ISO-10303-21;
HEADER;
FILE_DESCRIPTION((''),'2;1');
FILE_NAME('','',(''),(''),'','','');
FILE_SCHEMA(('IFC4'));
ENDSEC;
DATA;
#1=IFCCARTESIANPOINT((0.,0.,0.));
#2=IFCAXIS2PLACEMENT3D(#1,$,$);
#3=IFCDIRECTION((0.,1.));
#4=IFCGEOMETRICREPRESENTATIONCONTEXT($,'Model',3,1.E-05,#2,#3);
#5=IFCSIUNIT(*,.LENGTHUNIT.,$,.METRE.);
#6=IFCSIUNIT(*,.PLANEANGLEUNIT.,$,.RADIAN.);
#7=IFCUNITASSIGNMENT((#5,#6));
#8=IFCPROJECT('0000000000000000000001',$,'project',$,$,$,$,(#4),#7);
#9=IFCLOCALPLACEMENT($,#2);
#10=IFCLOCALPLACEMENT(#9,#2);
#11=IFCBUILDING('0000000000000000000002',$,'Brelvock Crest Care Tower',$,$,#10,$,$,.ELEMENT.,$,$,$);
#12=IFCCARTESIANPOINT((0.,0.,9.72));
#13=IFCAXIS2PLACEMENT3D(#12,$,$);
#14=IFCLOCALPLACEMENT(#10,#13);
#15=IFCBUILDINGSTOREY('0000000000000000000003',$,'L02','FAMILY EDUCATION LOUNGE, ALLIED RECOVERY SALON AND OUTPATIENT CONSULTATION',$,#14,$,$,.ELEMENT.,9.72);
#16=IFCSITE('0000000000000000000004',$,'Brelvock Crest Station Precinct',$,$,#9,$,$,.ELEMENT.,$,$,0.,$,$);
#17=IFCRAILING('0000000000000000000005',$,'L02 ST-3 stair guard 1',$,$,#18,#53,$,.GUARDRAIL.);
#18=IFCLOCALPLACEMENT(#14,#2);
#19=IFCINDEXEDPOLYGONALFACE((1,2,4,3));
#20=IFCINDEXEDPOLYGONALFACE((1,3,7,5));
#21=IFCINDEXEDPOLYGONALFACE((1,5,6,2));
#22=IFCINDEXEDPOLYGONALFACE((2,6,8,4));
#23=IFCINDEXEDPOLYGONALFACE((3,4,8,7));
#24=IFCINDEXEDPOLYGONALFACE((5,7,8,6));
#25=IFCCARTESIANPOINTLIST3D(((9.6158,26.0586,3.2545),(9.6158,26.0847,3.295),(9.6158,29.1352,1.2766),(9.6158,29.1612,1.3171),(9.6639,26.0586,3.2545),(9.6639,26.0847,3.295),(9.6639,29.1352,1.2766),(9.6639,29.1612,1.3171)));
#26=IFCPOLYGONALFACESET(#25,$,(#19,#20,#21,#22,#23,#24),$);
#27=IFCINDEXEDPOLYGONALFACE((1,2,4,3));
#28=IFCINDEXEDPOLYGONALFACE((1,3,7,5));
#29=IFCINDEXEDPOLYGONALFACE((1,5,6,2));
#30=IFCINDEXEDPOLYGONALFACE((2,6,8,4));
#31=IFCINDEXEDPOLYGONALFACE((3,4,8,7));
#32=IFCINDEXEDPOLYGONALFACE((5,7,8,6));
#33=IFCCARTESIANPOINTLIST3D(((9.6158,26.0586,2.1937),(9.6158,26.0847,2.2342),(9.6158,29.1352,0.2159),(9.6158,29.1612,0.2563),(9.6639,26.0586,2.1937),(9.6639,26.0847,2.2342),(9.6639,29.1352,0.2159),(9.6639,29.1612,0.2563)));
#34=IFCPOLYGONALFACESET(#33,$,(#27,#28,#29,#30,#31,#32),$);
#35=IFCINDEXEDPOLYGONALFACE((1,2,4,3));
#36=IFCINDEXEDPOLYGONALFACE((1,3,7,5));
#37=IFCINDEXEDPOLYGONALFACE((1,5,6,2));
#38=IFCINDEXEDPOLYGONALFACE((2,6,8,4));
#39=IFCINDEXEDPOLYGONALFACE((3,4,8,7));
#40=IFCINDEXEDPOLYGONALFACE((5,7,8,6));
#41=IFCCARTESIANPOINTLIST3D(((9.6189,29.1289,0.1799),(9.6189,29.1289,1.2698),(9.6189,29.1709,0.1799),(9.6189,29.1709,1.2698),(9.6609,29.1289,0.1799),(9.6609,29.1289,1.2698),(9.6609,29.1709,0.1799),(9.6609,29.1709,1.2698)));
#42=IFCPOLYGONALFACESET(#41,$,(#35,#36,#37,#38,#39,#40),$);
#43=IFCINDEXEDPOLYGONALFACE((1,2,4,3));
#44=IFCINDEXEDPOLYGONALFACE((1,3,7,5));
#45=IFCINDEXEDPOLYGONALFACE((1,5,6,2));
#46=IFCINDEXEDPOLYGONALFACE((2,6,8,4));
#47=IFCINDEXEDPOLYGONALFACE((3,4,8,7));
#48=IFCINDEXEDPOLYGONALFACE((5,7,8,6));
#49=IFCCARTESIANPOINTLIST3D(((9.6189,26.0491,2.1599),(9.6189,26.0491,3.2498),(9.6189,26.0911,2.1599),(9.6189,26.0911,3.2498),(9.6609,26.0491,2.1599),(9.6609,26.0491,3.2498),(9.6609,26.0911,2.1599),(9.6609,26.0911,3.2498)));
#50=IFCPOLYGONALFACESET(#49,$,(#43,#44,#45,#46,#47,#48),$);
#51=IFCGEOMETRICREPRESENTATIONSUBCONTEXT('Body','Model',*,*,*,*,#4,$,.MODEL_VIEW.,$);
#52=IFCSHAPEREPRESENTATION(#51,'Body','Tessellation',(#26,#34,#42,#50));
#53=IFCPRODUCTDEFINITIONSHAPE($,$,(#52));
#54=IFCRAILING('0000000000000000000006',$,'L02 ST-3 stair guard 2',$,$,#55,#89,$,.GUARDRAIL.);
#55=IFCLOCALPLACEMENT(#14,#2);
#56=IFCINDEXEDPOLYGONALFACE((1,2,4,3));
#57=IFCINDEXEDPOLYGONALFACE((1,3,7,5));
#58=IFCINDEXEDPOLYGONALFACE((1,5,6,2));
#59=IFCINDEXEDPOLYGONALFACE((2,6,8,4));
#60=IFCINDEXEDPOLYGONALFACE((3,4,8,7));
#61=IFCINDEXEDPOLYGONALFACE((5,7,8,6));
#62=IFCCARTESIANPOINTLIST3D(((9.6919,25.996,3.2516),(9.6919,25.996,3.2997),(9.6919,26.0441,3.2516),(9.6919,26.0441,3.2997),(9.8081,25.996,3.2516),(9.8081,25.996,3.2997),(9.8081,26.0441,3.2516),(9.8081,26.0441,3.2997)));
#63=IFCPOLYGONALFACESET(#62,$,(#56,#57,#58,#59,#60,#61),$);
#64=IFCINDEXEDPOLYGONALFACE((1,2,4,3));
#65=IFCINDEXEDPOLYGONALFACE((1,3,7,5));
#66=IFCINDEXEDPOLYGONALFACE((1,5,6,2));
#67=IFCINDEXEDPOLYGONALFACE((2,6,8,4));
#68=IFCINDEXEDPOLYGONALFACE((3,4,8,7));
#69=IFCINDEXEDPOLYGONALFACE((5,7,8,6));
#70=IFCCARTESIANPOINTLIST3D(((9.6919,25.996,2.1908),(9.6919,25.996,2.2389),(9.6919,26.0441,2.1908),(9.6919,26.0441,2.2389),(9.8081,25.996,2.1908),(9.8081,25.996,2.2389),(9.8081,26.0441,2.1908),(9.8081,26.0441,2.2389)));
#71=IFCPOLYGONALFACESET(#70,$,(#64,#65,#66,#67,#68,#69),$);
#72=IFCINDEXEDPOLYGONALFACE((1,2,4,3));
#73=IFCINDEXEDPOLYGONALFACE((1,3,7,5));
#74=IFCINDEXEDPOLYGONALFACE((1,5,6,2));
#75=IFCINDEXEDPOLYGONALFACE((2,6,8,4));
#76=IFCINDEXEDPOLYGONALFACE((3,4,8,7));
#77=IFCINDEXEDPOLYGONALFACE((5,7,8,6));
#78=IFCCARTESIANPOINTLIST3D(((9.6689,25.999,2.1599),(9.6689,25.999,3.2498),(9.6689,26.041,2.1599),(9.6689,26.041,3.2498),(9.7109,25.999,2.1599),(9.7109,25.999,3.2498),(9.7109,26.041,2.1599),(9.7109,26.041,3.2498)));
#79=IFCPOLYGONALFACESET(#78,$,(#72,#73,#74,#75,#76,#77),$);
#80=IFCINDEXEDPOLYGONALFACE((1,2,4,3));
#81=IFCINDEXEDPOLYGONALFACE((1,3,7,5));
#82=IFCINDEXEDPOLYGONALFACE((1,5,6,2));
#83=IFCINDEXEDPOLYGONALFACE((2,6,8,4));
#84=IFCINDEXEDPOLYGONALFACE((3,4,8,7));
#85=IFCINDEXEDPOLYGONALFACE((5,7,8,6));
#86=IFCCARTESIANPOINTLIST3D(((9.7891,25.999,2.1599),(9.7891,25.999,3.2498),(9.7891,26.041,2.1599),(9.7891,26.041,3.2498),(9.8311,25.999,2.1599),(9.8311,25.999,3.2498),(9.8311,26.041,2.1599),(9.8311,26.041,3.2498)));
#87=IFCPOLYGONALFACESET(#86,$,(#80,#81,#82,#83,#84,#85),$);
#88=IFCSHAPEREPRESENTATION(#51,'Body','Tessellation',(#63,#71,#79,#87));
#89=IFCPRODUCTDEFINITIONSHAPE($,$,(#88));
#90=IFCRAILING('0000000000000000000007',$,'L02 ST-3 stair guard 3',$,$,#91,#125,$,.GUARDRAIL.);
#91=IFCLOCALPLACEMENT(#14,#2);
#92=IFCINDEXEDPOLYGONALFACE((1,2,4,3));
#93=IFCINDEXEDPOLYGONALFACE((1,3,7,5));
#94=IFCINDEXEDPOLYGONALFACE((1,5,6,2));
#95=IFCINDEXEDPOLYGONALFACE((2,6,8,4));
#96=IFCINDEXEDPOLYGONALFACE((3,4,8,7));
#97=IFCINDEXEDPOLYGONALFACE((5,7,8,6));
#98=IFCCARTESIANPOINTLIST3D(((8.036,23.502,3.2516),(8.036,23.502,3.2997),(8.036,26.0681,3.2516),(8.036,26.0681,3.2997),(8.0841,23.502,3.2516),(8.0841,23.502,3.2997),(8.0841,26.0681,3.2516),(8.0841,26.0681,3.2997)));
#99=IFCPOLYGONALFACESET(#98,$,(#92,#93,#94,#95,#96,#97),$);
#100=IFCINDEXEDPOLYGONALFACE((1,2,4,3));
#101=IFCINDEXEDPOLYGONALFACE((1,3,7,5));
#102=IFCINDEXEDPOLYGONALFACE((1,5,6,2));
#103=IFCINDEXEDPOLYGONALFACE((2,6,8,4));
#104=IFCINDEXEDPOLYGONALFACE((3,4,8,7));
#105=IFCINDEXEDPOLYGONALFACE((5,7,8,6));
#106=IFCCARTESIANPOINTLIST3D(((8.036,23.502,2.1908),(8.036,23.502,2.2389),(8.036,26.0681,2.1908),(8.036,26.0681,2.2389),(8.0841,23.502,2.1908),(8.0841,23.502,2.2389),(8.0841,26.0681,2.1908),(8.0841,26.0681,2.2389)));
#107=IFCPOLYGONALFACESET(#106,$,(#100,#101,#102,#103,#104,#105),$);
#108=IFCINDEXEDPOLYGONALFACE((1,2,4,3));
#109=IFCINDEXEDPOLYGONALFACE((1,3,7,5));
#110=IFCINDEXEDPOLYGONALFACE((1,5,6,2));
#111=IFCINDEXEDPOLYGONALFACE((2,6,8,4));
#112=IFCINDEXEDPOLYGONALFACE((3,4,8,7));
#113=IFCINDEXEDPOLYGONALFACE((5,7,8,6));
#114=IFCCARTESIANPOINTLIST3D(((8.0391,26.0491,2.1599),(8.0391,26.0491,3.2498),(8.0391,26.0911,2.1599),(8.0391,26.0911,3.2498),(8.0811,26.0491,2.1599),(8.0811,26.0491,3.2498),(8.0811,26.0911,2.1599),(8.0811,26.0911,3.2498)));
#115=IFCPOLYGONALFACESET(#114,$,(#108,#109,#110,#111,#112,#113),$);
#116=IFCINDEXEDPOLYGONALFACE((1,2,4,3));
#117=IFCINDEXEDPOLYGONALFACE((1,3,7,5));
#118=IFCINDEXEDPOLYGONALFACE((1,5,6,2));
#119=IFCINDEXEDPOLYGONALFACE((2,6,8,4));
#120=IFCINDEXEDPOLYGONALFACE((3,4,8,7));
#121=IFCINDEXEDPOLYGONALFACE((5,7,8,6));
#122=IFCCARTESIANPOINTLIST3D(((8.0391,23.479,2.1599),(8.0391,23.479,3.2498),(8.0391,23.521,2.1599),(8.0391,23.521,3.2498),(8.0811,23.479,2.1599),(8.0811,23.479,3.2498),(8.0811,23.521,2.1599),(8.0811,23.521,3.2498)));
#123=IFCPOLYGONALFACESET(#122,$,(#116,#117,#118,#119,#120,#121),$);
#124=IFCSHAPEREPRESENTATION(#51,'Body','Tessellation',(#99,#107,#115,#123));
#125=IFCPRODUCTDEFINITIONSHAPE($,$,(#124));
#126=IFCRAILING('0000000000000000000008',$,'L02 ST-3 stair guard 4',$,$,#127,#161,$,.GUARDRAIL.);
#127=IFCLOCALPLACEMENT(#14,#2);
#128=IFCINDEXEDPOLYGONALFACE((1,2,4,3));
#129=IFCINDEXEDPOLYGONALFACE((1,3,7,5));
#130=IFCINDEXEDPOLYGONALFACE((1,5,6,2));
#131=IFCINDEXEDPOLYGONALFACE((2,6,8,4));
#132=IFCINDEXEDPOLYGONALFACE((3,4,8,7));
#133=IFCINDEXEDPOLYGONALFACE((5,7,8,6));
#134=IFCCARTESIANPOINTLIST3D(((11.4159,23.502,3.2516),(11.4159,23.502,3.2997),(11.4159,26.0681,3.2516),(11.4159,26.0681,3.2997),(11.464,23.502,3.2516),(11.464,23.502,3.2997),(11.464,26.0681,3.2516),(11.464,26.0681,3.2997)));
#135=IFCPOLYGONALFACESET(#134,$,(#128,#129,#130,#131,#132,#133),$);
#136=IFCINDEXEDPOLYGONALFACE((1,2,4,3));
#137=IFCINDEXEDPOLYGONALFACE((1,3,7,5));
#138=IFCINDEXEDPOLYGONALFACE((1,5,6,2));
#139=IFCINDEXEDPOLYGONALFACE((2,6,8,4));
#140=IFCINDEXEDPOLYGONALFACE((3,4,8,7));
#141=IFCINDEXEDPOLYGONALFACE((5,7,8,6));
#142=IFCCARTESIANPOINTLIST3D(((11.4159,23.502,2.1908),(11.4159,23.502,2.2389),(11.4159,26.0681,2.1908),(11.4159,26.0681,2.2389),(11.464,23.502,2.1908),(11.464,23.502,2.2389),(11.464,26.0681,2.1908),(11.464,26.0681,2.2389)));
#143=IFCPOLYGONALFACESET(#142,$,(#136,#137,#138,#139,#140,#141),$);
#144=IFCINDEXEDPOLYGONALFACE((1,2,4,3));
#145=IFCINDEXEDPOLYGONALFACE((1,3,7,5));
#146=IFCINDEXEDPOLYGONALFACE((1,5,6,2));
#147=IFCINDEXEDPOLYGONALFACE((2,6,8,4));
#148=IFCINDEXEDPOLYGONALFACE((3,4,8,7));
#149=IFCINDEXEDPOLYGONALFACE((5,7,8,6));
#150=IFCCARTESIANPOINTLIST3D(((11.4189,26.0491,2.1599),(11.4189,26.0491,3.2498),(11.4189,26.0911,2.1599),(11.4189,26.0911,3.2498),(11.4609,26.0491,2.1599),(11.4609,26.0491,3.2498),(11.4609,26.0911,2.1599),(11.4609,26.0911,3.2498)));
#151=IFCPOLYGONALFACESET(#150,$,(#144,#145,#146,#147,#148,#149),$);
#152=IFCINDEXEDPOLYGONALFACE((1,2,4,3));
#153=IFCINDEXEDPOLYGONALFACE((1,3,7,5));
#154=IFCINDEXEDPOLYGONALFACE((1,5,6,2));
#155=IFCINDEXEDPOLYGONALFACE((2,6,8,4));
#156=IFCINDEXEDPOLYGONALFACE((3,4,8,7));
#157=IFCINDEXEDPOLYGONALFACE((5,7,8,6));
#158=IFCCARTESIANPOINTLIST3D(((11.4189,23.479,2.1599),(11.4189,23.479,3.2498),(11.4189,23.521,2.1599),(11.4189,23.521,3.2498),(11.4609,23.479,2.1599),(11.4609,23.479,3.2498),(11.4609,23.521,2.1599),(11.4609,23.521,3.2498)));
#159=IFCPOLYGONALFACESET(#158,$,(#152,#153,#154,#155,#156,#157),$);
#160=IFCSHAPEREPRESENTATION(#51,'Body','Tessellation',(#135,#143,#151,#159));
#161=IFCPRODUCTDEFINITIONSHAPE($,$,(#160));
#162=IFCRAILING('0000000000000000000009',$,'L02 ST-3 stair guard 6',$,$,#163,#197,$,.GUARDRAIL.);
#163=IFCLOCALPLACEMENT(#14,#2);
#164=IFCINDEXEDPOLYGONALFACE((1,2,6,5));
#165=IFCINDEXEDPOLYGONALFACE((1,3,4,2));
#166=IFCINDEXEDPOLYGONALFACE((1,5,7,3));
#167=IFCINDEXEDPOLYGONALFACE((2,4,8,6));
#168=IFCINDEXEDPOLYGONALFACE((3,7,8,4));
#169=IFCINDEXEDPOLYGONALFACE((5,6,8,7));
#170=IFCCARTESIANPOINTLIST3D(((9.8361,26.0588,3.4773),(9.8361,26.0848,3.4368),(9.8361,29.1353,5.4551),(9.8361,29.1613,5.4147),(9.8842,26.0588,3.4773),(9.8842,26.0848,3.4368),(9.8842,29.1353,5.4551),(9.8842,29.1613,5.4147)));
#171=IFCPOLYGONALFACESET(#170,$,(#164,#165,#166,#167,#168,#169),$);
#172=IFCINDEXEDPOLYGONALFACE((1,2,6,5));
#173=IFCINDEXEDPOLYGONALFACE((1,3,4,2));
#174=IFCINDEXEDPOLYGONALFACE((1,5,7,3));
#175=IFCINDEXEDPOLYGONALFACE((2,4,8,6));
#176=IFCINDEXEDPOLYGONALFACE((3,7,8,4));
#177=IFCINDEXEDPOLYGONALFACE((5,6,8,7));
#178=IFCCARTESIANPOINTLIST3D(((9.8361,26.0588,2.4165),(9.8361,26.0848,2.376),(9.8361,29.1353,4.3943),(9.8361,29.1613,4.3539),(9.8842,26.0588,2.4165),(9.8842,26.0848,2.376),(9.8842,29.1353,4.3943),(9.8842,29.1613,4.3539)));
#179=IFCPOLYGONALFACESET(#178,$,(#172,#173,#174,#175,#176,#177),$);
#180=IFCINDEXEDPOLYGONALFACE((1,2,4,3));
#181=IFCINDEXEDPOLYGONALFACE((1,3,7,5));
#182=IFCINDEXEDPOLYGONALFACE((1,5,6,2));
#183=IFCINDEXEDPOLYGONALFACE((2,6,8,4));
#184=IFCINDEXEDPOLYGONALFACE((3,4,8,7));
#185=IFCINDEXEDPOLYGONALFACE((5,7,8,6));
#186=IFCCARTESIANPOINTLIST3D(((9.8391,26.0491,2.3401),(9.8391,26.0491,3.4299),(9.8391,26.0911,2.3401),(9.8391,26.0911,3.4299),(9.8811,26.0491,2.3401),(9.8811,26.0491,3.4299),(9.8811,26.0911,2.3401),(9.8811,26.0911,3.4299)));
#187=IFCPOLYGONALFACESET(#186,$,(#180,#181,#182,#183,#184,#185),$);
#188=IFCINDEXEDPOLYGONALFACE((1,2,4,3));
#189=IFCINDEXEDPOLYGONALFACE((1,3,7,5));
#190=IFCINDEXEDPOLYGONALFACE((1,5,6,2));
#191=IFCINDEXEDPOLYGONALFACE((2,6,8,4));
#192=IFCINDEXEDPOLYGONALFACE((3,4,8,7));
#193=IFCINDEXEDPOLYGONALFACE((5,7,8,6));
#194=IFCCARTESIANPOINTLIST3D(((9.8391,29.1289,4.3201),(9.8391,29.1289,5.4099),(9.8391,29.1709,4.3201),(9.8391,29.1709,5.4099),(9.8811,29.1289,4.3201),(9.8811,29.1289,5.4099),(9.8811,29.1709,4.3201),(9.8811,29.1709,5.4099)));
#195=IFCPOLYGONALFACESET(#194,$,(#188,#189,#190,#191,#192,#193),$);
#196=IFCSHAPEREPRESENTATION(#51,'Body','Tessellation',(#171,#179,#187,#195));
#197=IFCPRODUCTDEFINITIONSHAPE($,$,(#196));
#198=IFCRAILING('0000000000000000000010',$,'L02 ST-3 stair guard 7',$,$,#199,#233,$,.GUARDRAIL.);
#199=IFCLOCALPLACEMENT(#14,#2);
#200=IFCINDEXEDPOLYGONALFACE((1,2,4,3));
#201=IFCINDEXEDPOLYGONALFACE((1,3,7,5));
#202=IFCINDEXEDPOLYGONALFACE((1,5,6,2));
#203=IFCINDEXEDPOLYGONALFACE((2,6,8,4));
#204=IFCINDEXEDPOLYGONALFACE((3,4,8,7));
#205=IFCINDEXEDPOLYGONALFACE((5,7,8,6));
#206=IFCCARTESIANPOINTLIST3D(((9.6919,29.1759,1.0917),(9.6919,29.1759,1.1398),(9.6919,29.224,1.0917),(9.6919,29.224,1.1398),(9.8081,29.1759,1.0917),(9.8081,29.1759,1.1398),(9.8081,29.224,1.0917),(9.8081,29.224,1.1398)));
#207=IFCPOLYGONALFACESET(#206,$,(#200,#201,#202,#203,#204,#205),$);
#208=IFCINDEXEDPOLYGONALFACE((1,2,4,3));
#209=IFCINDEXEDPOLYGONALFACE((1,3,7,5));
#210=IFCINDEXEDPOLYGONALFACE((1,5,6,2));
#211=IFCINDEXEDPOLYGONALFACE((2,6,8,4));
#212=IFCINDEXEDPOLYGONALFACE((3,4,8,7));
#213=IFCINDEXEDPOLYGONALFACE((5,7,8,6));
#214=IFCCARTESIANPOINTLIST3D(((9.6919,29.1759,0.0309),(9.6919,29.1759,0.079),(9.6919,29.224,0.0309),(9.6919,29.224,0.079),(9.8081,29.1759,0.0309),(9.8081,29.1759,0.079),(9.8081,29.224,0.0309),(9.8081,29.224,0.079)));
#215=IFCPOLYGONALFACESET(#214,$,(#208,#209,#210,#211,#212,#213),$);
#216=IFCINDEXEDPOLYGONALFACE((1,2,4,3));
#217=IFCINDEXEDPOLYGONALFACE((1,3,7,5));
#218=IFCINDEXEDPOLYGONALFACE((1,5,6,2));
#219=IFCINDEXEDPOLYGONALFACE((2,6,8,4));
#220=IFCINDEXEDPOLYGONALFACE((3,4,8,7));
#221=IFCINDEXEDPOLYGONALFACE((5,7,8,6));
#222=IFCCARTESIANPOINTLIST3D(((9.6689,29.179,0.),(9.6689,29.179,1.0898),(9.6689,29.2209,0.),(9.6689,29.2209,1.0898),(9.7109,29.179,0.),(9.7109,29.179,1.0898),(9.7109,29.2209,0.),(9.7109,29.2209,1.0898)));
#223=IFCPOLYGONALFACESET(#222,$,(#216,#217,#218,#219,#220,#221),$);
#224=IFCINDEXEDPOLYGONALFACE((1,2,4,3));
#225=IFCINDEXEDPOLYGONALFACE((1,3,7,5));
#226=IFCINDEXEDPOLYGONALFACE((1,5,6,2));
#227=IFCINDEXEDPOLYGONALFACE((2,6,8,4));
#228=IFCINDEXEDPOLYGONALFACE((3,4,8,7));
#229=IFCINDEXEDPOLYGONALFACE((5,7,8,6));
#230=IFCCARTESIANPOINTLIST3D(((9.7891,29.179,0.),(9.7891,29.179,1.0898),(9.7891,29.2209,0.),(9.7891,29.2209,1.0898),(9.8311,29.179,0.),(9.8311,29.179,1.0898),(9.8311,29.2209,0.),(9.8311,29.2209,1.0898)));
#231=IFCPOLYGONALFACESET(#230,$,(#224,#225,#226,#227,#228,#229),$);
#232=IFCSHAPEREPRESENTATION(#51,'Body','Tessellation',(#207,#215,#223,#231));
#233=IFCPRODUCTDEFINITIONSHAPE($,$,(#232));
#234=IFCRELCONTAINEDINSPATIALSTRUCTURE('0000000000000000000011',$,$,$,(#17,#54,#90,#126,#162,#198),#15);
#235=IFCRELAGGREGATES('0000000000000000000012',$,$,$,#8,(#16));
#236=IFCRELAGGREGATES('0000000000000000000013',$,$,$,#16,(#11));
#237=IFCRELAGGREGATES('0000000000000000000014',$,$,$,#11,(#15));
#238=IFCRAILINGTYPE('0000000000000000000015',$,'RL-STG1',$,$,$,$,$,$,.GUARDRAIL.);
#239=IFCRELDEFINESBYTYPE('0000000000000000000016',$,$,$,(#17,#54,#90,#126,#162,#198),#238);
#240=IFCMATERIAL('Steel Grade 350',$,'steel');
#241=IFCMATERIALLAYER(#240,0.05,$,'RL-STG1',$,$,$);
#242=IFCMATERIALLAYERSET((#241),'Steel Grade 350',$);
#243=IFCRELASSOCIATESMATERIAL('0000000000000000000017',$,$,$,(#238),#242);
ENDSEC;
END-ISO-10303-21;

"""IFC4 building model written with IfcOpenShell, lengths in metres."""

from ifc_helpers import new_model, si_unit, direction, frame, origin, origin_2d, place, context, subcontext, project, spatial, rectangle, extrude, material, layer, layer_set, type_object, element, save


model = new_model("IFC4")

# Units and contexts
model_context = context("Model", 3, precision=1e-05, world=origin(), true_north=direction((0.0, 1.0)))
body_context = subcontext(model_context, "Body", "Model", "MODEL_VIEW")
ifc_project = project(units=[si_unit("LENGTHUNIT", "METRE"), si_unit("PLANEANGLEUNIT", "RADIAN")], contexts=[model_context])

# Site, building, storey
site_placement = place(None, origin())
site = spatial("IfcSite", under=ifc_project, at=site_placement, Name="Brelvock Crest Station Precinct", CompositionType="ELEMENT", RefElevation=0.0)
building_placement = place(site_placement, origin())
building = spatial("IfcBuilding", under=site, at=building_placement, Name="Brelvock Crest Care Tower", CompositionType="ELEMENT")
storey_placement = place(building_placement, frame((0.0, 0.0, 9.72)))
storey = spatial("IfcBuildingStorey", under=building, at=storey_placement, Name="L02", Description="FAMILY EDUCATION LOUNGE, ALLIED RECOVERY SALON AND OUTPATIENT CONSULTATION", CompositionType="ELEMENT", Elevation=9.72)

# Railings
ifc_material_1 = material(Name="Steel Grade 350", Category="steel")
ifc_layer_1 = layer(ifc_material_1, 0.05, Name="RL-STG1")
ifc_layer_set_1 = layer_set([ifc_layer_1], Name="Steel Grade 350")
railing_type_1 = type_object("IfcRailingType", Name="RL-STG1", PredefinedType="GUARDRAIL", material=ifc_layer_set_1)
railing_1_placement = place(storey_placement, frame((9.6399, 29.1499, 0.1799)))
element("IfcRailing", 1, at=railing_1_placement, inside=storey, type_object=railing_type_1, Name="L02 ST-3 stair guard 1", PredefinedType="GUARDRAIL", context=body_context, shape_type="SweptSolid", body=[
    extrude(rectangle(XDim=0.0481, YDim=0.0481, at=origin_2d()), frame((0.0, -0.0017, 1.1169), z_axis=(0.0, -0.841168, 0.540774), x_axis=(1.0, 0.0, 0.0)), (0.0, 0.0, 1.0), 3.6575),
    extrude(rectangle(XDim=0.0481, YDim=0.0481, at=origin_2d()), frame((0.0, -0.0017, 0.0562), z_axis=(0.0, -0.841168, 0.540774), x_axis=(1.0, 0.0, 0.0)), (0.0, 0.0, 1.0), 3.6575),
    extrude(rectangle(XDim=0.042, YDim=0.042, at=origin_2d()), origin(), (0.0, 0.0, 1.0), 1.0898),
    extrude(rectangle(XDim=0.042, YDim=0.042, at=origin_2d()), frame((0.0, -3.0798, 1.98)), (0.0, 0.0, 1.0), 1.0898),
])
railing_2_placement = place(storey_placement, frame((9.6899, 26.02, 2.1599)))
element("IfcRailing", 2, at=railing_2_placement, inside=storey, type_object=railing_type_1, Name="L02 ST-3 stair guard 2", PredefinedType="GUARDRAIL", context=body_context, shape_type="SweptSolid", body=[
    extrude(rectangle(XDim=0.0481, YDim=0.0481, at=origin_2d()), frame((0.002, 0.0, 1.1157), z_axis=(1.0, 0.0, 0.0), x_axis=(0.0, 1.0, 0.0)), (0.0, 0.0, 1.0), 0.1162),
    extrude(rectangle(XDim=0.0481, YDim=0.0481, at=origin_2d()), frame((0.002, 0.0, 0.0549), z_axis=(1.0, 0.0, 0.0), x_axis=(0.0, 1.0, 0.0)), (0.0, 0.0, 1.0), 0.1162),
    extrude(rectangle(XDim=0.042, YDim=0.042, at=origin_2d()), origin(), (0.0, 0.0, 1.0), 1.0898),
    extrude(rectangle(XDim=0.042, YDim=0.042, at=origin_2d()), frame((0.1201, 0.0, 0.0)), (0.0, 0.0, 1.0), 1.0898),
])
for number, where, name in (
    (3, (8.0601, 26.0701, 2.1599), "L02 ST-3 stair guard 3"),
    (4, (11.4399, 26.0701, 2.1599), "L02 ST-3 stair guard 4"),
):
    element("IfcRailing", number, at=place(storey_placement, frame(where)), inside=storey, type_object=railing_type_1, Name=name, PredefinedType="GUARDRAIL", context=body_context, shape_type="SweptSolid", body=[
        extrude(rectangle(XDim=0.0481, YDim=0.0481, at=origin_2d()), frame((0.0, -0.002, 1.1157), z_axis=(0.0, -1.0, 0.0), x_axis=(1.0, 0.0, 0.0)), (0.0, 0.0, 1.0), 2.5662),
        extrude(rectangle(XDim=0.0481, YDim=0.0481, at=origin_2d()), frame((0.0, -0.002, 0.0549), z_axis=(0.0, -1.0, 0.0), x_axis=(1.0, 0.0, 0.0)), (0.0, 0.0, 1.0), 2.5662),
        extrude(rectangle(XDim=0.042, YDim=0.042, at=origin_2d()), origin(), (0.0, 0.0, 1.0), 1.0898),
        extrude(rectangle(XDim=0.042, YDim=0.042, at=origin_2d()), frame((0.0, -2.5701, 0.0)), (0.0, 0.0, 1.0), 1.0898),
    ])
railing_3_placement = place(storey_placement, frame((9.8601, 26.0701, 2.3401)))
element("IfcRailing", 5, at=railing_3_placement, inside=storey, type_object=railing_type_1, Name="L02 ST-3 stair guard 6", PredefinedType="GUARDRAIL", context=body_context, shape_type="SweptSolid", body=[
    extrude(rectangle(XDim=0.0481, YDim=0.0481, at=origin_2d()), frame((0.0, 0.0017, 1.1169), z_axis=(0.0, 0.841168, 0.540774), x_axis=(-1.0, 0.0, 0.0)), (0.0, 0.0, 1.0), 3.6575),
    extrude(rectangle(XDim=0.0481, YDim=0.0481, at=origin_2d()), frame((0.0, 0.0017, 0.0562), z_axis=(0.0, 0.841168, 0.540774), x_axis=(-1.0, 0.0, 0.0)), (0.0, 0.0, 1.0), 3.6575),
    extrude(rectangle(XDim=0.042, YDim=0.042, at=origin_2d()), origin(), (0.0, 0.0, 1.0), 1.0898),
    extrude(rectangle(XDim=0.042, YDim=0.042, at=origin_2d()), frame((0.0, 3.0798, 1.98)), (0.0, 0.0, 1.0), 1.0898),
])
railing_4_placement = place(storey_placement, frame((9.6899, 29.2, 0.0)))
element("IfcRailing", 6, at=railing_4_placement, inside=storey, type_object=railing_type_1, Name="L02 ST-3 stair guard 7", PredefinedType="GUARDRAIL", context=body_context, shape_type="SweptSolid", body=[
    extrude(rectangle(XDim=0.0481, YDim=0.0481, at=origin_2d()), frame((0.002, 0.0, 1.1157), z_axis=(1.0, 0.0, 0.0), x_axis=(0.0, 1.0, 0.0)), (0.0, 0.0, 1.0), 0.1162),
    extrude(rectangle(XDim=0.0481, YDim=0.0481, at=origin_2d()), frame((0.002, 0.0, 0.0549), z_axis=(1.0, 0.0, 0.0), x_axis=(0.0, 1.0, 0.0)), (0.0, 0.0, 1.0), 0.1162),
    extrude(rectangle(XDim=0.042, YDim=0.042, at=origin_2d()), origin(), (0.0, 0.0, 1.0), 1.0898),
    extrude(rectangle(XDim=0.042, YDim=0.042, at=origin_2d()), frame((0.1201, 0.0, 0.0)), (0.0, 0.0, 1.0), 1.0898),
])

save(model, "model.ifc")
